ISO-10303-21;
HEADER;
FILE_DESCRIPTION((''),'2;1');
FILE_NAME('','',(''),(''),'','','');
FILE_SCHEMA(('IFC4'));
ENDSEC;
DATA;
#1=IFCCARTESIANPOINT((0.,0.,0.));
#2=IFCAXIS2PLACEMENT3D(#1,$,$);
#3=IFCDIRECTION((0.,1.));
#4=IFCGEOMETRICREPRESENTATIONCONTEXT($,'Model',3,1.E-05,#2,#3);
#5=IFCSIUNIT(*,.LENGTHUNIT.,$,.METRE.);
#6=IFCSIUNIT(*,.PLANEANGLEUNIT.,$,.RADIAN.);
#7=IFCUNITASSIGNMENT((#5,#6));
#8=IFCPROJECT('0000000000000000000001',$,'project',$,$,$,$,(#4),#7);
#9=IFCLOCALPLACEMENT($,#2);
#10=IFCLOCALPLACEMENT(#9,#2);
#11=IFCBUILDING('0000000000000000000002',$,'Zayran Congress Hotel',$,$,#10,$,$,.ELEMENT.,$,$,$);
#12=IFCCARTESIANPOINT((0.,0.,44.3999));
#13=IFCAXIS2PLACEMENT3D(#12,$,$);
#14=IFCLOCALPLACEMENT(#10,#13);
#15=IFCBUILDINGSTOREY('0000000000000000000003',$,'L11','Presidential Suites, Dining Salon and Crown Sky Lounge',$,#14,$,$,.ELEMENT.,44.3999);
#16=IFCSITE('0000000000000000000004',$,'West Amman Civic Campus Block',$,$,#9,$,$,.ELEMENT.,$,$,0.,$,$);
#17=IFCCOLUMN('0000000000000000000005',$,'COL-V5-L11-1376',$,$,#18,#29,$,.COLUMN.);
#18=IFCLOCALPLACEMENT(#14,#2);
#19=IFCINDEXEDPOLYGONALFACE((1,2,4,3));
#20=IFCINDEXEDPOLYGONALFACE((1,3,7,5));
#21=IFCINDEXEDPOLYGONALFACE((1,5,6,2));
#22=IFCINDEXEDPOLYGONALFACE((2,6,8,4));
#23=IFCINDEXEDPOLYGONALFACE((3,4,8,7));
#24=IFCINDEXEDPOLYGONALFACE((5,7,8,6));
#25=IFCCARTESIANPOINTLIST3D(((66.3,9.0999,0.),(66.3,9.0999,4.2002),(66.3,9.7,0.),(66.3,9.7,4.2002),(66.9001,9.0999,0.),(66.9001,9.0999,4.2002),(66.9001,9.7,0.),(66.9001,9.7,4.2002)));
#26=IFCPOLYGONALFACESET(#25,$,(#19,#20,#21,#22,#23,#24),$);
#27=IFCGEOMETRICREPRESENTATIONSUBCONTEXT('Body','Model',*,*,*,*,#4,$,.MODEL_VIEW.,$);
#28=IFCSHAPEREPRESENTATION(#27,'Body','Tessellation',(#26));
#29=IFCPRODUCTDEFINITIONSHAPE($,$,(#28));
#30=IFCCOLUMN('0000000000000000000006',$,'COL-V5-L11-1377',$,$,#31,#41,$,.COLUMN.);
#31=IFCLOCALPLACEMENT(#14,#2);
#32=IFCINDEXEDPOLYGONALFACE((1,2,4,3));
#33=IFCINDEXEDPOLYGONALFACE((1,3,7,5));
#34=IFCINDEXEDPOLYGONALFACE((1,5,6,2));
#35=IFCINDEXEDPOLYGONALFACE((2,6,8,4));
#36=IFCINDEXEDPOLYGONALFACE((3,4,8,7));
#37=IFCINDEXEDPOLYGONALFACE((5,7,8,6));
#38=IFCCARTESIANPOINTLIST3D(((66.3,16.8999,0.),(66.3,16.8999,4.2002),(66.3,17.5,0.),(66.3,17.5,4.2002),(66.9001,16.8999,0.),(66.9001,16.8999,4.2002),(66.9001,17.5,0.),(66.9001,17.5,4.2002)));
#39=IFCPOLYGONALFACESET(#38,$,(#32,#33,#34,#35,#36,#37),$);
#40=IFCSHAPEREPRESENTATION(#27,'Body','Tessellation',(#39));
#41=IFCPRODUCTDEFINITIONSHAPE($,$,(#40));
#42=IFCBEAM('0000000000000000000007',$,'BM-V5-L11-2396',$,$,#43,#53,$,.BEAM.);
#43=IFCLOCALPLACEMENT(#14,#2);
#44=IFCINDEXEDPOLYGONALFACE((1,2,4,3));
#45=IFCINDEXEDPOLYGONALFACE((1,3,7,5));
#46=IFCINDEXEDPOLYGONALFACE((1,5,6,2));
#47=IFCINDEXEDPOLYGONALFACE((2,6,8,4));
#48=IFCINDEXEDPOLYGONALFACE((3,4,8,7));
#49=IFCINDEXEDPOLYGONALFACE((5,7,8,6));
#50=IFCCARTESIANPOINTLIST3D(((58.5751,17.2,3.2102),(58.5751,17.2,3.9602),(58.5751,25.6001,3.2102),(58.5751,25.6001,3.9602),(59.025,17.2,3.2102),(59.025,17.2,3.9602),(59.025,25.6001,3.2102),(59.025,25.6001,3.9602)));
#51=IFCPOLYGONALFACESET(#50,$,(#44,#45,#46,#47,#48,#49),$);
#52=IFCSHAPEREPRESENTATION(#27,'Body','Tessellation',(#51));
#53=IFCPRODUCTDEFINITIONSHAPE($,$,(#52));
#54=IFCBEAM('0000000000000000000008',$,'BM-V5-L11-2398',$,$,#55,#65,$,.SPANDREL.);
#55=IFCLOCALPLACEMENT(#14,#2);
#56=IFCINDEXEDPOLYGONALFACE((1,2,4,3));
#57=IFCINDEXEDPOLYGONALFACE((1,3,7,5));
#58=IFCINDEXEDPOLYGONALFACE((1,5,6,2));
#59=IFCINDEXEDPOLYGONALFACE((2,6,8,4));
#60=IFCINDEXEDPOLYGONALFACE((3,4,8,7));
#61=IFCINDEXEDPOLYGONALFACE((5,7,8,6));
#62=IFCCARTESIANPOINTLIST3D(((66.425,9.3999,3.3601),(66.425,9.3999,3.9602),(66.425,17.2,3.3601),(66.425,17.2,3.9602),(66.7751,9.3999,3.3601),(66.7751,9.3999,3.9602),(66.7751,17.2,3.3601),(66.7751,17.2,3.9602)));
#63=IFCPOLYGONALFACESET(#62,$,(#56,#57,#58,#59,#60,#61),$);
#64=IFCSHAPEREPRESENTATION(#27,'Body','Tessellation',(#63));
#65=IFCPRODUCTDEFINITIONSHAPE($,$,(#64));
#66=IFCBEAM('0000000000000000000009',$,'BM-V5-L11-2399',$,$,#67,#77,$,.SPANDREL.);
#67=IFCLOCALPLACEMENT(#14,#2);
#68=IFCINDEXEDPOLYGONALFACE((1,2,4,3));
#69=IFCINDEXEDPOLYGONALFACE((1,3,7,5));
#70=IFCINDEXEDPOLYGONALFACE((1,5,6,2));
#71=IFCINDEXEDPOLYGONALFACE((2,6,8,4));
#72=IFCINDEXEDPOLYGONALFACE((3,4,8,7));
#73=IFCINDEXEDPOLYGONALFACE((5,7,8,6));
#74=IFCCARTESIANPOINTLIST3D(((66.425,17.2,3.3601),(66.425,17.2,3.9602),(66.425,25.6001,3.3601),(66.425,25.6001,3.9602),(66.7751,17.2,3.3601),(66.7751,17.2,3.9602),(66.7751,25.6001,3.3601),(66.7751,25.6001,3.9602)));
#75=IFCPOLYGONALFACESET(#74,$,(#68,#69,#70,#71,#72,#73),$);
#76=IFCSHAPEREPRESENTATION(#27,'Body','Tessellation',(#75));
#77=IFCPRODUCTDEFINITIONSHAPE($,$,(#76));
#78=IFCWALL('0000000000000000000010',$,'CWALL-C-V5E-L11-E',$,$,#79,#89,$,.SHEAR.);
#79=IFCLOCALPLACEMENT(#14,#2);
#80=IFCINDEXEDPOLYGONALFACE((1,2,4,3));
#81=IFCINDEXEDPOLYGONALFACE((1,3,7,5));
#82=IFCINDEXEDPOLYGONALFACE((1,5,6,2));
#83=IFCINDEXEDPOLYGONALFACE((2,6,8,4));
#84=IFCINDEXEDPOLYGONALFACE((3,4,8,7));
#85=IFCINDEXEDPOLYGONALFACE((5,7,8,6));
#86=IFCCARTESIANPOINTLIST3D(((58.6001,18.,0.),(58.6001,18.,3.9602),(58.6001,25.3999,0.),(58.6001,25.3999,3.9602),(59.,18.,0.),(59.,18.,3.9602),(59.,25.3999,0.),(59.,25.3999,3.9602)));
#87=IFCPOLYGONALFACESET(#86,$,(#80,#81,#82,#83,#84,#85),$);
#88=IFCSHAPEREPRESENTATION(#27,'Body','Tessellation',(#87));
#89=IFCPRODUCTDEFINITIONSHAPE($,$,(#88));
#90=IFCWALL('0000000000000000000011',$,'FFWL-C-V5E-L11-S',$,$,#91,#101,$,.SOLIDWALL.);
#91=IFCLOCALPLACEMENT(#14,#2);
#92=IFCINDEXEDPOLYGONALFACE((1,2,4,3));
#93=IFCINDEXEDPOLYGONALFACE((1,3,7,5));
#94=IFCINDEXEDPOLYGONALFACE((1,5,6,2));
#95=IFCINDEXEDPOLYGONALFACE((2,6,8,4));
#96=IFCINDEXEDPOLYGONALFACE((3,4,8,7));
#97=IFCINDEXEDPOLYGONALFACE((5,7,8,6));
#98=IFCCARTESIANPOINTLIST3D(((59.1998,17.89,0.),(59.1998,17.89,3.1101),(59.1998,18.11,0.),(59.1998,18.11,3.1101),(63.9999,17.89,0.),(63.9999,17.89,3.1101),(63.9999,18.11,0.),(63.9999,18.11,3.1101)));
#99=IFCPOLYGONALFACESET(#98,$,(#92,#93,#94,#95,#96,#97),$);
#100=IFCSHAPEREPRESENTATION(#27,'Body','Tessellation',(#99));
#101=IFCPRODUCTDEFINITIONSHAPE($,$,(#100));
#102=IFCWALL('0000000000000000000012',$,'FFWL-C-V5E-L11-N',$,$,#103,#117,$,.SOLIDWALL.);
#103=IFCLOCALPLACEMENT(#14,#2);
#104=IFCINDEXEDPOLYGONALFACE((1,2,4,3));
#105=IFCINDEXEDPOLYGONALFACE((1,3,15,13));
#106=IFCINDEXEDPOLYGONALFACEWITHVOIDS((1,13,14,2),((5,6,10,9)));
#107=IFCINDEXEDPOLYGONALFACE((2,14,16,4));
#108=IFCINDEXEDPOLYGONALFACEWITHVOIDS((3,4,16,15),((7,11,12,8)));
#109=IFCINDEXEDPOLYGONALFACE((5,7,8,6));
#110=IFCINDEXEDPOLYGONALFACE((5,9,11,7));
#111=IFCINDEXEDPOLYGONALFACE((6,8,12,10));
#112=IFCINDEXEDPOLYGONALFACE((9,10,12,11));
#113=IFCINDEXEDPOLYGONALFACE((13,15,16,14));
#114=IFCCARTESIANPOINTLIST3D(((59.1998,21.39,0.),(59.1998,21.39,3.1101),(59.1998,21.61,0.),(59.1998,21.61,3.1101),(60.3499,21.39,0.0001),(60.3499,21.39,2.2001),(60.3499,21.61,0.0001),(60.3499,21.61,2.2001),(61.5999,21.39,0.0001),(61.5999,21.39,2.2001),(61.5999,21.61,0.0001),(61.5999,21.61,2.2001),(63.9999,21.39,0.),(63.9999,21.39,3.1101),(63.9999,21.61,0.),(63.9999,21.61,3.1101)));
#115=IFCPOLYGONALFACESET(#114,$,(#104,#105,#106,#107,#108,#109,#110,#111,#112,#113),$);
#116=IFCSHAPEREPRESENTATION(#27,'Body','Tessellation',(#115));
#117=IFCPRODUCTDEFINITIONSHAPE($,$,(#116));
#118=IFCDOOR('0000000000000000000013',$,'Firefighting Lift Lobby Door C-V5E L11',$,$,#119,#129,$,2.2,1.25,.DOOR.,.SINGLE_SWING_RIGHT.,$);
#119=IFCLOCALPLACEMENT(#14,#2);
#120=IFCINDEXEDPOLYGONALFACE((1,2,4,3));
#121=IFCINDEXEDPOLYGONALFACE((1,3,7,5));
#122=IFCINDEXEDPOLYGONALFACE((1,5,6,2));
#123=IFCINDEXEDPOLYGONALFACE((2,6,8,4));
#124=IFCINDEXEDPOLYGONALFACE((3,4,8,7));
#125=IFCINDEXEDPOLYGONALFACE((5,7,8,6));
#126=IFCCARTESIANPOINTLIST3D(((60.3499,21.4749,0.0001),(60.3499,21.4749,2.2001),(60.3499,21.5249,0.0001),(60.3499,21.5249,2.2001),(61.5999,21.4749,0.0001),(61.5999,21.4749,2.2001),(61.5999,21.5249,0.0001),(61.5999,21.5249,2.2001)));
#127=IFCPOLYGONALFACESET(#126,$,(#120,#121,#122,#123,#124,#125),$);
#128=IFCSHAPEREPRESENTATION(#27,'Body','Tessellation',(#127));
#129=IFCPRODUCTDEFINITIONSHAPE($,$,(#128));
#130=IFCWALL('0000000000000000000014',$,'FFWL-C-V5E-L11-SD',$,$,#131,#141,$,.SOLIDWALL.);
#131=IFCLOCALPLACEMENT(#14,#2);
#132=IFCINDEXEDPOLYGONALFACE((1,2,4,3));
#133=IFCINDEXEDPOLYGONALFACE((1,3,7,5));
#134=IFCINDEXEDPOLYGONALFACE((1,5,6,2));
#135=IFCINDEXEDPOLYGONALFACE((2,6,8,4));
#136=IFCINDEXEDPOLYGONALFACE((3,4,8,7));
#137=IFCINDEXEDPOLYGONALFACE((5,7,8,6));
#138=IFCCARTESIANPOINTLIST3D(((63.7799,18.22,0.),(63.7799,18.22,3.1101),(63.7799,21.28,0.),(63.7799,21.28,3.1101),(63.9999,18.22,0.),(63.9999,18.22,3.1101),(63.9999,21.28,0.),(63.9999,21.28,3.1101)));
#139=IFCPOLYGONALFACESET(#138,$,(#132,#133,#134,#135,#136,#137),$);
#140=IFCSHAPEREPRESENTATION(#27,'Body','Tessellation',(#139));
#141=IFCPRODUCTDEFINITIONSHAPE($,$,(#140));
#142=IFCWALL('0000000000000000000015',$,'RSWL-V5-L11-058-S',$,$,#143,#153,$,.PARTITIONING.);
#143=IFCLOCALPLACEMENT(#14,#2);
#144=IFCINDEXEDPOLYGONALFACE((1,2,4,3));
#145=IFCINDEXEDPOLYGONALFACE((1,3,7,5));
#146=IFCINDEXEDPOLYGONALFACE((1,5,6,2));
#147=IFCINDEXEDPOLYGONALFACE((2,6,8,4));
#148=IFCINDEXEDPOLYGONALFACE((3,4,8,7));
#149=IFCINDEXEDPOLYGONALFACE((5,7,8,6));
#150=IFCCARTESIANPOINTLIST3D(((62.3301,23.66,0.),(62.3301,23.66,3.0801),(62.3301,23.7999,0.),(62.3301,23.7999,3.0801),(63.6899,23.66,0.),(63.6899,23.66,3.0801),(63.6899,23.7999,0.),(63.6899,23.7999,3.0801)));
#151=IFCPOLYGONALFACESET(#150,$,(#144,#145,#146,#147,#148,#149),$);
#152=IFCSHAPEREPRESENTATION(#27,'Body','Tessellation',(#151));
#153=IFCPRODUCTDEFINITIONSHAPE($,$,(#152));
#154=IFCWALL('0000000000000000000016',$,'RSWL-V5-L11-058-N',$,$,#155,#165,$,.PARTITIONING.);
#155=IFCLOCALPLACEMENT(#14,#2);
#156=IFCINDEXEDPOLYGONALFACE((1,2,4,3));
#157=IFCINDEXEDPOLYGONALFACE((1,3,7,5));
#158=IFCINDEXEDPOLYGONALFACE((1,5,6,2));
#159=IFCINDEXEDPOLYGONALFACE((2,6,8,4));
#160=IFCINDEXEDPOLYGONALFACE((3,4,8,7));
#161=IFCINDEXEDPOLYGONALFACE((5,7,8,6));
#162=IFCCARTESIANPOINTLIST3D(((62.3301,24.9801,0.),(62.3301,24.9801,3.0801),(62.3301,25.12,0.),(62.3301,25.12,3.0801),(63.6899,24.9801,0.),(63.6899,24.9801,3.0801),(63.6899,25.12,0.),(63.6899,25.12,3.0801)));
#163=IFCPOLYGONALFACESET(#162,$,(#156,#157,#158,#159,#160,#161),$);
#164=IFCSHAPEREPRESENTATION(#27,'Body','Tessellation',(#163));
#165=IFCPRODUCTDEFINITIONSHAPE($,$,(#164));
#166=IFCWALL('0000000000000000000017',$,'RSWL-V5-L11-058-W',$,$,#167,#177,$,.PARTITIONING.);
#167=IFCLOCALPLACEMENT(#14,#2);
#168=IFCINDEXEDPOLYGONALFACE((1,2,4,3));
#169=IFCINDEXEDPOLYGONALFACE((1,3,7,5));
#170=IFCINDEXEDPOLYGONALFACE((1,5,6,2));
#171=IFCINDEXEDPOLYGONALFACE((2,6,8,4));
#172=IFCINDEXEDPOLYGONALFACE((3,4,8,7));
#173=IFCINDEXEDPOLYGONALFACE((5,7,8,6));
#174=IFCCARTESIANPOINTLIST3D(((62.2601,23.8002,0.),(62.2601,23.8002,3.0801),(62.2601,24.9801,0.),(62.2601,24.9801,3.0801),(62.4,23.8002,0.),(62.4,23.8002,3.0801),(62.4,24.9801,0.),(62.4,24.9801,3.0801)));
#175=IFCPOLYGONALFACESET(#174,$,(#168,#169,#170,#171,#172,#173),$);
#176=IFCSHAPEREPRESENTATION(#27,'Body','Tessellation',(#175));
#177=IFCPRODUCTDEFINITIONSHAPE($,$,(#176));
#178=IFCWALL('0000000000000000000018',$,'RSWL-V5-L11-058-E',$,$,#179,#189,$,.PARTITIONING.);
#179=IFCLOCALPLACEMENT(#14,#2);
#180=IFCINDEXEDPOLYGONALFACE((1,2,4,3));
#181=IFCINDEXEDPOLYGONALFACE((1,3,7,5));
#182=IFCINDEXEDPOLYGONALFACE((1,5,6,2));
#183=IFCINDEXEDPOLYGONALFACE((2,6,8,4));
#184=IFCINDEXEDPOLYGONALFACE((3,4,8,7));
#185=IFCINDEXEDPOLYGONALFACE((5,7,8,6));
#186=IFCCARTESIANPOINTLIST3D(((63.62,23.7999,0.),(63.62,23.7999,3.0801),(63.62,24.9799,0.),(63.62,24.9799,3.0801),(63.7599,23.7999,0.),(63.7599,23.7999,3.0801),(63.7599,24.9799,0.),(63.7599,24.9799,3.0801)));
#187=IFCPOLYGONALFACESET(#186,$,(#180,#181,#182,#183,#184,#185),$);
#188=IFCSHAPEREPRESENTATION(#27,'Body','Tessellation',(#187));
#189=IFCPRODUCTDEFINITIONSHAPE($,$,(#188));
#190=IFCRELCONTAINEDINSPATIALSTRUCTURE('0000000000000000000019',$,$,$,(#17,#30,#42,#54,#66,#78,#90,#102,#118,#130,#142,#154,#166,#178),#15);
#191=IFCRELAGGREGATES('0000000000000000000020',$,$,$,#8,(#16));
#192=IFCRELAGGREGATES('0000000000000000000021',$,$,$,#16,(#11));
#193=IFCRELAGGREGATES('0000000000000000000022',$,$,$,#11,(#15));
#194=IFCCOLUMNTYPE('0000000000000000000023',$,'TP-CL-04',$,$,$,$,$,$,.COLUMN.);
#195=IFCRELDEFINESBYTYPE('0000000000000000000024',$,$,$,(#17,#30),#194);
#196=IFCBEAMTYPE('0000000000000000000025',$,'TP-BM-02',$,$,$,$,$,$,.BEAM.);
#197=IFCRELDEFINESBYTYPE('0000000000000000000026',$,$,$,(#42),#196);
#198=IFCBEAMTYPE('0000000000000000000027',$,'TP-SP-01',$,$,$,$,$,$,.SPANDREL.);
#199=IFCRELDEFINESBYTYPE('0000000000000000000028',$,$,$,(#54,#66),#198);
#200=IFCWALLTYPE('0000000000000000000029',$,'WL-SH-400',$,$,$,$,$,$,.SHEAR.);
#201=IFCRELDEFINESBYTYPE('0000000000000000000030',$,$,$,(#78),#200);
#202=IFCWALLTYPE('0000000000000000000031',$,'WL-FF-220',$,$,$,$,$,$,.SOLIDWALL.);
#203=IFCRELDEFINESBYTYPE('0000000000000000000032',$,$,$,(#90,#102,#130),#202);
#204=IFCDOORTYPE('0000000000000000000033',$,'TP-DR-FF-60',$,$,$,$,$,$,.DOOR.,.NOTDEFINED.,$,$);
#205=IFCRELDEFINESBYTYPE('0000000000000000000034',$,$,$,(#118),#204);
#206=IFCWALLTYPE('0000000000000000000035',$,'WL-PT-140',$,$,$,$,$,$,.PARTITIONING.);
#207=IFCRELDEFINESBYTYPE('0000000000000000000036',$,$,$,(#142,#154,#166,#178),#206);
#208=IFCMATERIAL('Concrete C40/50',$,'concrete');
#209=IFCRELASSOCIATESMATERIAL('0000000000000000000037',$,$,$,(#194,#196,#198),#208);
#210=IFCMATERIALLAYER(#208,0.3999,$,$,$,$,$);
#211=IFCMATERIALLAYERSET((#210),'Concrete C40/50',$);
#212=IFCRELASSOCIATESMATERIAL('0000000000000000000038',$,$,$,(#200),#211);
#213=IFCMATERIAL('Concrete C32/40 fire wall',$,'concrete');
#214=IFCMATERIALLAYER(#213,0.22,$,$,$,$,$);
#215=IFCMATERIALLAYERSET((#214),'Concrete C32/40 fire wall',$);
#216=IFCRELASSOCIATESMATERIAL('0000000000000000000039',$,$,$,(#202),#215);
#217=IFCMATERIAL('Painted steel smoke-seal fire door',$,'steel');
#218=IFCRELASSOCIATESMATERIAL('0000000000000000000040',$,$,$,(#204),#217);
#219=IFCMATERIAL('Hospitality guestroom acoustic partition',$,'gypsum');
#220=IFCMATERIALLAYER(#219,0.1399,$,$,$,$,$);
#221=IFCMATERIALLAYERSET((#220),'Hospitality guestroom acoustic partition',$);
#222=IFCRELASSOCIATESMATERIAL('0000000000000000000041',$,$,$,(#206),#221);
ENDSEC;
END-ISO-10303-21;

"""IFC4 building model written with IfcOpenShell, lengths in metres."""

from ifc_helpers import new_model, si_unit, direction, frame, frame_2d, origin, origin_2d, place, context, subcontext, project, spatial, rectangle, extrude, material, layer, layer_set, material_profile, profile_set, type_object, element, fill, save


model = new_model("IFC4")

# Units and contexts
model_context = context("Model", 3, precision=1e-05, world=origin(), true_north=direction((0.0, 1.0)))
body_context = subcontext(model_context, "Body", "Model", "MODEL_VIEW")
ifc_project = project(units=[si_unit("LENGTHUNIT", "METRE"), si_unit("PLANEANGLEUNIT", "RADIAN")], contexts=[model_context])

# Site, building, storey
site_placement = place(None, origin())
site = spatial("IfcSite", under=ifc_project, at=site_placement, Name="West Amman Civic Campus Block", CompositionType="ELEMENT", RefElevation=0.0)
building_placement = place(site_placement, origin())
building = spatial("IfcBuilding", under=site, at=building_placement, Name="Zayran Congress Hotel", CompositionType="ELEMENT")
storey_placement = place(building_placement, frame((0.0, 0.0, 44.3999)))
storey = spatial("IfcBuildingStorey", under=building, at=storey_placement, Name="L11", Description="Presidential Suites, Dining Salon and Crown Sky Lounge", CompositionType="ELEMENT", Elevation=44.3999)

# Columns
ifc_material_1 = material(Name="Concrete C40/50", Category="concrete")
ifc_material_profile_1 = material_profile(ifc_material_1, rectangle(XDim=0.6001, YDim=0.6001, at=origin_2d()), Name="RC 600x600")
ifc_profile_set_1 = profile_set([ifc_material_profile_1], Name="Concrete C40/50")
column_type = type_object("IfcColumnType", Name="TP-CL-04", PredefinedType="COLUMN", material=ifc_profile_set_1)
for number, where, z_axis, x_axis, name in (
    (1, (66.6001, 9.3999, 0.0), (0.0, 0.0, 1.0), (1.0, 0.0, 0.0), "COL-V5-L11-1376"),
    (2, (66.6001, 17.2, 0.0), (0.0, 0.0, 1.0), (1.0, 0.0, 0.0), "COL-V5-L11-1377"),
):
    element("IfcColumn", number, at=place(storey_placement, frame(where, z_axis=z_axis, x_axis=x_axis)), inside=storey, type_object=column_type, Name=name, PredefinedType="COLUMN", context=body_context, shape_type="SweptSolid", body=[
        extrude(rectangle(XDim=0.6001, YDim=0.6001, at=origin_2d()), origin(), (0.0, 0.0, 1.0), 4.2002),
    ])

# Beams
ifc_material_profile_2 = material_profile(ifc_material_1, rectangle(XDim=0.45, YDim=0.75, at=origin_2d()), Name="RC 450x750")
ifc_profile_set_2 = profile_set([ifc_material_profile_2], Name="Concrete C40/50")
beam_type_1 = type_object("IfcBeamType", Name="TP-BM-02", PredefinedType="BEAM", material=ifc_profile_set_2)
beam_1_placement = place(storey_placement, frame((58.8, 17.2, 3.5852), z_axis=(0.0, 1.0, 0.0), x_axis=(-1.0, 0.0, 0.0)))
element("IfcBeam", 3, at=beam_1_placement, inside=storey, type_object=beam_type_1, Name="BM-V5-L11-2396", PredefinedType="BEAM", context=body_context, shape_type="SweptSolid", body=[
    extrude(rectangle(XDim=0.45, YDim=0.75, at=origin_2d()), origin(), (0.0, 0.0, 1.0), 8.4001),
])
ifc_material_profile_3 = material_profile(ifc_material_1, rectangle(XDim=0.3501, YDim=0.6001, at=origin_2d()), Name="RC 350x600")
ifc_profile_set_3 = profile_set([ifc_material_profile_3], Name="Concrete C40/50")
beam_type_2 = type_object("IfcBeamType", Name="TP-SP-01", PredefinedType="SPANDREL", material=ifc_profile_set_3)
beam_2_placement = place(storey_placement, frame((66.6001, 9.3999, 3.6602), z_axis=(0.0, 1.0, 0.0), x_axis=(-1.0, 0.0, 0.0)))
element("IfcBeam", 4, at=beam_2_placement, inside=storey, type_object=beam_type_2, Name="BM-V5-L11-2398", PredefinedType="SPANDREL", context=body_context, shape_type="SweptSolid", body=[
    extrude(rectangle(XDim=0.3501, YDim=0.6001, at=origin_2d()), origin(), (0.0, 0.0, 1.0), 7.8),
])
beam_3_placement = place(storey_placement, frame((66.6001, 17.2, 3.6602), z_axis=(0.0, 1.0, 0.0), x_axis=(-1.0, 0.0, 0.0)))
element("IfcBeam", 5, at=beam_3_placement, inside=storey, type_object=beam_type_2, Name="BM-V5-L11-2399", PredefinedType="SPANDREL", context=body_context, shape_type="SweptSolid", body=[
    extrude(rectangle(XDim=0.3501, YDim=0.6001, at=origin_2d()), origin(), (0.0, 0.0, 1.0), 8.4001),
])

# Walls
ifc_layer_1 = layer(ifc_material_1, 0.3999)
ifc_layer_set_1 = layer_set([ifc_layer_1], Name="Concrete C40/50")
wall_type_1 = type_object("IfcWallType", Name="WL-SH-400", PredefinedType="SHEAR", material=ifc_layer_set_1)
wall_1_placement = place(storey_placement, frame((58.8, 18.0, 0.0), z_axis=(0.0, 0.0, 1.0), x_axis=(0.0, 1.0, 0.0)))
element("IfcWall", 6, at=wall_1_placement, inside=storey, type_object=wall_type_1, Name="CWALL-C-V5E-L11-E", PredefinedType="SHEAR", context=body_context, shape_type="SweptSolid", body=[
    extrude(rectangle(XDim=7.3999, YDim=0.3999, at=frame_2d((3.7, 0.0))), origin(), (0.0, 0.0, 1.0), 3.9602),
])
ifc_material_2 = material(Name="Concrete C32/40 fire wall", Category="concrete")
ifc_layer_2 = layer(ifc_material_2, 0.22)
ifc_layer_set_2 = layer_set([ifc_layer_2], Name="Concrete C32/40 fire wall")
wall_type_2 = type_object("IfcWallType", Name="WL-FF-220", PredefinedType="SOLIDWALL", material=ifc_layer_set_2)
wall_2_placement = place(storey_placement, frame((59.2, 18.0, 0.0), z_axis=(0.0, 0.0, 1.0), x_axis=(1.0, 0.0, 0.0)))
element("IfcWall", 7, at=wall_2_placement, inside=storey, type_object=wall_type_2, Name="FFWL-C-V5E-L11-S", PredefinedType="SOLIDWALL", context=body_context, shape_type="SweptSolid", body=[
    extrude(rectangle(XDim=4.8, YDim=0.22, at=frame_2d((2.3999, 0.0))), origin(), (0.0, 0.0, 1.0), 3.1101),
])

# Wall, opening, door
wall_3_placement = place(storey_placement, frame((59.2, 21.5, 0.0), z_axis=(0.0, 0.0, 1.0), x_axis=(1.0, 0.0, 0.0)))
wall_3 = element("IfcWall", 8, at=wall_3_placement, inside=storey, type_object=wall_type_2, Name="FFWL-C-V5E-L11-N", PredefinedType="SOLIDWALL", context=body_context, shape_type="SweptSolid", body=[
    extrude(rectangle(XDim=4.8, YDim=0.22, at=frame_2d((2.3999, 0.0))), origin(), (0.0, 0.0, 1.0), 3.1101),
])
opening_1_placement = place(wall_3_placement, frame((1.1499, 0.0, 0.0)))
opening_1 = element("IfcOpeningElement", 9, at=opening_1_placement, cuts=wall_3, PredefinedType="OPENING", context=body_context, shape_type="SweptSolid", body=[
    extrude(rectangle(XDim=1.25, YDim=2.2, at=frame_2d((0.625, 1.1001))), frame((0.0, 0.1199, 0.0), z_axis=(0.0, -1.0, 0.0), x_axis=(1.0, 0.0, 0.0)), (0.0, 0.0, 1.0), 0.24),
])
ifc_material_3 = material(Name="Painted steel smoke-seal fire door", Category="steel")
door_type = type_object("IfcDoorType", Name="TP-DR-FF-60", OperationType="NOTDEFINED", PredefinedType="DOOR", material=ifc_material_3)
door_placement = place(opening_1_placement, origin())
door = element("IfcDoor", 10, at=door_placement, inside=storey, type_object=door_type, Name="Firefighting Lift Lobby Door C-V5E L11", OperationType="SINGLE_SWING_RIGHT", OverallHeight=2.2, OverallWidth=1.25, PredefinedType="DOOR", context=body_context, shape_type="SweptSolid", body=[
    extrude(rectangle(XDim=1.25, YDim=2.2, at=frame_2d((0.625, 1.1001))), frame((0.0, 0.0249, 0.0), z_axis=(0.0, -1.0, 0.0), x_axis=(1.0, 0.0, 0.0)), (0.0, 0.0, 1.0), 0.05),
])
fill(opening_1, door)

# Walls
wall_4_placement = place(storey_placement, frame((63.8899, 18.22, 0.0), z_axis=(0.0, 0.0, 1.0), x_axis=(0.0, 1.0, 0.0)))
element("IfcWall", 11, at=wall_4_placement, inside=storey, type_object=wall_type_2, Name="FFWL-C-V5E-L11-SD", PredefinedType="SOLIDWALL", context=body_context, shape_type="SweptSolid", body=[
    extrude(rectangle(XDim=3.0601, YDim=0.22, at=frame_2d((1.53, 0.0))), origin(), (0.0, 0.0, 1.0), 3.1101),
])
ifc_material_4 = material(Name="Hospitality guestroom acoustic partition", Category="gypsum")
ifc_layer_3 = layer(ifc_material_4, 0.1399)
ifc_layer_set_3 = layer_set([ifc_layer_3], Name="Hospitality guestroom acoustic partition")
wall_type_3 = type_object("IfcWallType", Name="WL-PT-140", PredefinedType="PARTITIONING", material=ifc_layer_set_3)
for number, where, z_axis, x_axis, name in (
    (12, (62.3301, 23.73, 0.0), (0.0, 0.0, 1.0), (1.0, 0.0, 0.0), "RSWL-V5-L11-058-S"),
    (13, (63.6899, 25.05, 0.0), (0.0, 0.0, 1.0), (-1.0, 0.0, 0.0), "RSWL-V5-L11-058-N"),
):
    element("IfcWall", number, at=place(storey_placement, frame(where, z_axis=z_axis, x_axis=x_axis)), inside=storey, type_object=wall_type_3, Name=name, PredefinedType="PARTITIONING", context=body_context, shape_type="SweptSolid", body=[
        extrude(rectangle(XDim=1.3599, YDim=0.1399, at=frame_2d((0.6799, 0.0))), origin(), (0.0, 0.0, 1.0), 3.0801),
    ])
for number, where, z_axis, x_axis, name in (
    (14, (62.3301, 24.98, 0.0), (0.0, 0.0, 1.0), (0.0, -1.0, 0.0), "RSWL-V5-L11-058-W"),
    (15, (63.6899, 23.8, 0.0), (0.0, 0.0, 1.0), (0.0, 1.0, 0.0), "RSWL-V5-L11-058-E"),
):
    element("IfcWall", number, at=place(storey_placement, frame(where, z_axis=z_axis, x_axis=x_axis)), inside=storey, type_object=wall_type_3, Name=name, PredefinedType="PARTITIONING", context=body_context, shape_type="SweptSolid", body=[
        extrude(rectangle(XDim=1.1799, YDim=0.1399, at=frame_2d((0.5898, 0.0))), origin(), (0.0, 0.0, 1.0), 3.0801),
    ])

save(model, "model.ifc")
